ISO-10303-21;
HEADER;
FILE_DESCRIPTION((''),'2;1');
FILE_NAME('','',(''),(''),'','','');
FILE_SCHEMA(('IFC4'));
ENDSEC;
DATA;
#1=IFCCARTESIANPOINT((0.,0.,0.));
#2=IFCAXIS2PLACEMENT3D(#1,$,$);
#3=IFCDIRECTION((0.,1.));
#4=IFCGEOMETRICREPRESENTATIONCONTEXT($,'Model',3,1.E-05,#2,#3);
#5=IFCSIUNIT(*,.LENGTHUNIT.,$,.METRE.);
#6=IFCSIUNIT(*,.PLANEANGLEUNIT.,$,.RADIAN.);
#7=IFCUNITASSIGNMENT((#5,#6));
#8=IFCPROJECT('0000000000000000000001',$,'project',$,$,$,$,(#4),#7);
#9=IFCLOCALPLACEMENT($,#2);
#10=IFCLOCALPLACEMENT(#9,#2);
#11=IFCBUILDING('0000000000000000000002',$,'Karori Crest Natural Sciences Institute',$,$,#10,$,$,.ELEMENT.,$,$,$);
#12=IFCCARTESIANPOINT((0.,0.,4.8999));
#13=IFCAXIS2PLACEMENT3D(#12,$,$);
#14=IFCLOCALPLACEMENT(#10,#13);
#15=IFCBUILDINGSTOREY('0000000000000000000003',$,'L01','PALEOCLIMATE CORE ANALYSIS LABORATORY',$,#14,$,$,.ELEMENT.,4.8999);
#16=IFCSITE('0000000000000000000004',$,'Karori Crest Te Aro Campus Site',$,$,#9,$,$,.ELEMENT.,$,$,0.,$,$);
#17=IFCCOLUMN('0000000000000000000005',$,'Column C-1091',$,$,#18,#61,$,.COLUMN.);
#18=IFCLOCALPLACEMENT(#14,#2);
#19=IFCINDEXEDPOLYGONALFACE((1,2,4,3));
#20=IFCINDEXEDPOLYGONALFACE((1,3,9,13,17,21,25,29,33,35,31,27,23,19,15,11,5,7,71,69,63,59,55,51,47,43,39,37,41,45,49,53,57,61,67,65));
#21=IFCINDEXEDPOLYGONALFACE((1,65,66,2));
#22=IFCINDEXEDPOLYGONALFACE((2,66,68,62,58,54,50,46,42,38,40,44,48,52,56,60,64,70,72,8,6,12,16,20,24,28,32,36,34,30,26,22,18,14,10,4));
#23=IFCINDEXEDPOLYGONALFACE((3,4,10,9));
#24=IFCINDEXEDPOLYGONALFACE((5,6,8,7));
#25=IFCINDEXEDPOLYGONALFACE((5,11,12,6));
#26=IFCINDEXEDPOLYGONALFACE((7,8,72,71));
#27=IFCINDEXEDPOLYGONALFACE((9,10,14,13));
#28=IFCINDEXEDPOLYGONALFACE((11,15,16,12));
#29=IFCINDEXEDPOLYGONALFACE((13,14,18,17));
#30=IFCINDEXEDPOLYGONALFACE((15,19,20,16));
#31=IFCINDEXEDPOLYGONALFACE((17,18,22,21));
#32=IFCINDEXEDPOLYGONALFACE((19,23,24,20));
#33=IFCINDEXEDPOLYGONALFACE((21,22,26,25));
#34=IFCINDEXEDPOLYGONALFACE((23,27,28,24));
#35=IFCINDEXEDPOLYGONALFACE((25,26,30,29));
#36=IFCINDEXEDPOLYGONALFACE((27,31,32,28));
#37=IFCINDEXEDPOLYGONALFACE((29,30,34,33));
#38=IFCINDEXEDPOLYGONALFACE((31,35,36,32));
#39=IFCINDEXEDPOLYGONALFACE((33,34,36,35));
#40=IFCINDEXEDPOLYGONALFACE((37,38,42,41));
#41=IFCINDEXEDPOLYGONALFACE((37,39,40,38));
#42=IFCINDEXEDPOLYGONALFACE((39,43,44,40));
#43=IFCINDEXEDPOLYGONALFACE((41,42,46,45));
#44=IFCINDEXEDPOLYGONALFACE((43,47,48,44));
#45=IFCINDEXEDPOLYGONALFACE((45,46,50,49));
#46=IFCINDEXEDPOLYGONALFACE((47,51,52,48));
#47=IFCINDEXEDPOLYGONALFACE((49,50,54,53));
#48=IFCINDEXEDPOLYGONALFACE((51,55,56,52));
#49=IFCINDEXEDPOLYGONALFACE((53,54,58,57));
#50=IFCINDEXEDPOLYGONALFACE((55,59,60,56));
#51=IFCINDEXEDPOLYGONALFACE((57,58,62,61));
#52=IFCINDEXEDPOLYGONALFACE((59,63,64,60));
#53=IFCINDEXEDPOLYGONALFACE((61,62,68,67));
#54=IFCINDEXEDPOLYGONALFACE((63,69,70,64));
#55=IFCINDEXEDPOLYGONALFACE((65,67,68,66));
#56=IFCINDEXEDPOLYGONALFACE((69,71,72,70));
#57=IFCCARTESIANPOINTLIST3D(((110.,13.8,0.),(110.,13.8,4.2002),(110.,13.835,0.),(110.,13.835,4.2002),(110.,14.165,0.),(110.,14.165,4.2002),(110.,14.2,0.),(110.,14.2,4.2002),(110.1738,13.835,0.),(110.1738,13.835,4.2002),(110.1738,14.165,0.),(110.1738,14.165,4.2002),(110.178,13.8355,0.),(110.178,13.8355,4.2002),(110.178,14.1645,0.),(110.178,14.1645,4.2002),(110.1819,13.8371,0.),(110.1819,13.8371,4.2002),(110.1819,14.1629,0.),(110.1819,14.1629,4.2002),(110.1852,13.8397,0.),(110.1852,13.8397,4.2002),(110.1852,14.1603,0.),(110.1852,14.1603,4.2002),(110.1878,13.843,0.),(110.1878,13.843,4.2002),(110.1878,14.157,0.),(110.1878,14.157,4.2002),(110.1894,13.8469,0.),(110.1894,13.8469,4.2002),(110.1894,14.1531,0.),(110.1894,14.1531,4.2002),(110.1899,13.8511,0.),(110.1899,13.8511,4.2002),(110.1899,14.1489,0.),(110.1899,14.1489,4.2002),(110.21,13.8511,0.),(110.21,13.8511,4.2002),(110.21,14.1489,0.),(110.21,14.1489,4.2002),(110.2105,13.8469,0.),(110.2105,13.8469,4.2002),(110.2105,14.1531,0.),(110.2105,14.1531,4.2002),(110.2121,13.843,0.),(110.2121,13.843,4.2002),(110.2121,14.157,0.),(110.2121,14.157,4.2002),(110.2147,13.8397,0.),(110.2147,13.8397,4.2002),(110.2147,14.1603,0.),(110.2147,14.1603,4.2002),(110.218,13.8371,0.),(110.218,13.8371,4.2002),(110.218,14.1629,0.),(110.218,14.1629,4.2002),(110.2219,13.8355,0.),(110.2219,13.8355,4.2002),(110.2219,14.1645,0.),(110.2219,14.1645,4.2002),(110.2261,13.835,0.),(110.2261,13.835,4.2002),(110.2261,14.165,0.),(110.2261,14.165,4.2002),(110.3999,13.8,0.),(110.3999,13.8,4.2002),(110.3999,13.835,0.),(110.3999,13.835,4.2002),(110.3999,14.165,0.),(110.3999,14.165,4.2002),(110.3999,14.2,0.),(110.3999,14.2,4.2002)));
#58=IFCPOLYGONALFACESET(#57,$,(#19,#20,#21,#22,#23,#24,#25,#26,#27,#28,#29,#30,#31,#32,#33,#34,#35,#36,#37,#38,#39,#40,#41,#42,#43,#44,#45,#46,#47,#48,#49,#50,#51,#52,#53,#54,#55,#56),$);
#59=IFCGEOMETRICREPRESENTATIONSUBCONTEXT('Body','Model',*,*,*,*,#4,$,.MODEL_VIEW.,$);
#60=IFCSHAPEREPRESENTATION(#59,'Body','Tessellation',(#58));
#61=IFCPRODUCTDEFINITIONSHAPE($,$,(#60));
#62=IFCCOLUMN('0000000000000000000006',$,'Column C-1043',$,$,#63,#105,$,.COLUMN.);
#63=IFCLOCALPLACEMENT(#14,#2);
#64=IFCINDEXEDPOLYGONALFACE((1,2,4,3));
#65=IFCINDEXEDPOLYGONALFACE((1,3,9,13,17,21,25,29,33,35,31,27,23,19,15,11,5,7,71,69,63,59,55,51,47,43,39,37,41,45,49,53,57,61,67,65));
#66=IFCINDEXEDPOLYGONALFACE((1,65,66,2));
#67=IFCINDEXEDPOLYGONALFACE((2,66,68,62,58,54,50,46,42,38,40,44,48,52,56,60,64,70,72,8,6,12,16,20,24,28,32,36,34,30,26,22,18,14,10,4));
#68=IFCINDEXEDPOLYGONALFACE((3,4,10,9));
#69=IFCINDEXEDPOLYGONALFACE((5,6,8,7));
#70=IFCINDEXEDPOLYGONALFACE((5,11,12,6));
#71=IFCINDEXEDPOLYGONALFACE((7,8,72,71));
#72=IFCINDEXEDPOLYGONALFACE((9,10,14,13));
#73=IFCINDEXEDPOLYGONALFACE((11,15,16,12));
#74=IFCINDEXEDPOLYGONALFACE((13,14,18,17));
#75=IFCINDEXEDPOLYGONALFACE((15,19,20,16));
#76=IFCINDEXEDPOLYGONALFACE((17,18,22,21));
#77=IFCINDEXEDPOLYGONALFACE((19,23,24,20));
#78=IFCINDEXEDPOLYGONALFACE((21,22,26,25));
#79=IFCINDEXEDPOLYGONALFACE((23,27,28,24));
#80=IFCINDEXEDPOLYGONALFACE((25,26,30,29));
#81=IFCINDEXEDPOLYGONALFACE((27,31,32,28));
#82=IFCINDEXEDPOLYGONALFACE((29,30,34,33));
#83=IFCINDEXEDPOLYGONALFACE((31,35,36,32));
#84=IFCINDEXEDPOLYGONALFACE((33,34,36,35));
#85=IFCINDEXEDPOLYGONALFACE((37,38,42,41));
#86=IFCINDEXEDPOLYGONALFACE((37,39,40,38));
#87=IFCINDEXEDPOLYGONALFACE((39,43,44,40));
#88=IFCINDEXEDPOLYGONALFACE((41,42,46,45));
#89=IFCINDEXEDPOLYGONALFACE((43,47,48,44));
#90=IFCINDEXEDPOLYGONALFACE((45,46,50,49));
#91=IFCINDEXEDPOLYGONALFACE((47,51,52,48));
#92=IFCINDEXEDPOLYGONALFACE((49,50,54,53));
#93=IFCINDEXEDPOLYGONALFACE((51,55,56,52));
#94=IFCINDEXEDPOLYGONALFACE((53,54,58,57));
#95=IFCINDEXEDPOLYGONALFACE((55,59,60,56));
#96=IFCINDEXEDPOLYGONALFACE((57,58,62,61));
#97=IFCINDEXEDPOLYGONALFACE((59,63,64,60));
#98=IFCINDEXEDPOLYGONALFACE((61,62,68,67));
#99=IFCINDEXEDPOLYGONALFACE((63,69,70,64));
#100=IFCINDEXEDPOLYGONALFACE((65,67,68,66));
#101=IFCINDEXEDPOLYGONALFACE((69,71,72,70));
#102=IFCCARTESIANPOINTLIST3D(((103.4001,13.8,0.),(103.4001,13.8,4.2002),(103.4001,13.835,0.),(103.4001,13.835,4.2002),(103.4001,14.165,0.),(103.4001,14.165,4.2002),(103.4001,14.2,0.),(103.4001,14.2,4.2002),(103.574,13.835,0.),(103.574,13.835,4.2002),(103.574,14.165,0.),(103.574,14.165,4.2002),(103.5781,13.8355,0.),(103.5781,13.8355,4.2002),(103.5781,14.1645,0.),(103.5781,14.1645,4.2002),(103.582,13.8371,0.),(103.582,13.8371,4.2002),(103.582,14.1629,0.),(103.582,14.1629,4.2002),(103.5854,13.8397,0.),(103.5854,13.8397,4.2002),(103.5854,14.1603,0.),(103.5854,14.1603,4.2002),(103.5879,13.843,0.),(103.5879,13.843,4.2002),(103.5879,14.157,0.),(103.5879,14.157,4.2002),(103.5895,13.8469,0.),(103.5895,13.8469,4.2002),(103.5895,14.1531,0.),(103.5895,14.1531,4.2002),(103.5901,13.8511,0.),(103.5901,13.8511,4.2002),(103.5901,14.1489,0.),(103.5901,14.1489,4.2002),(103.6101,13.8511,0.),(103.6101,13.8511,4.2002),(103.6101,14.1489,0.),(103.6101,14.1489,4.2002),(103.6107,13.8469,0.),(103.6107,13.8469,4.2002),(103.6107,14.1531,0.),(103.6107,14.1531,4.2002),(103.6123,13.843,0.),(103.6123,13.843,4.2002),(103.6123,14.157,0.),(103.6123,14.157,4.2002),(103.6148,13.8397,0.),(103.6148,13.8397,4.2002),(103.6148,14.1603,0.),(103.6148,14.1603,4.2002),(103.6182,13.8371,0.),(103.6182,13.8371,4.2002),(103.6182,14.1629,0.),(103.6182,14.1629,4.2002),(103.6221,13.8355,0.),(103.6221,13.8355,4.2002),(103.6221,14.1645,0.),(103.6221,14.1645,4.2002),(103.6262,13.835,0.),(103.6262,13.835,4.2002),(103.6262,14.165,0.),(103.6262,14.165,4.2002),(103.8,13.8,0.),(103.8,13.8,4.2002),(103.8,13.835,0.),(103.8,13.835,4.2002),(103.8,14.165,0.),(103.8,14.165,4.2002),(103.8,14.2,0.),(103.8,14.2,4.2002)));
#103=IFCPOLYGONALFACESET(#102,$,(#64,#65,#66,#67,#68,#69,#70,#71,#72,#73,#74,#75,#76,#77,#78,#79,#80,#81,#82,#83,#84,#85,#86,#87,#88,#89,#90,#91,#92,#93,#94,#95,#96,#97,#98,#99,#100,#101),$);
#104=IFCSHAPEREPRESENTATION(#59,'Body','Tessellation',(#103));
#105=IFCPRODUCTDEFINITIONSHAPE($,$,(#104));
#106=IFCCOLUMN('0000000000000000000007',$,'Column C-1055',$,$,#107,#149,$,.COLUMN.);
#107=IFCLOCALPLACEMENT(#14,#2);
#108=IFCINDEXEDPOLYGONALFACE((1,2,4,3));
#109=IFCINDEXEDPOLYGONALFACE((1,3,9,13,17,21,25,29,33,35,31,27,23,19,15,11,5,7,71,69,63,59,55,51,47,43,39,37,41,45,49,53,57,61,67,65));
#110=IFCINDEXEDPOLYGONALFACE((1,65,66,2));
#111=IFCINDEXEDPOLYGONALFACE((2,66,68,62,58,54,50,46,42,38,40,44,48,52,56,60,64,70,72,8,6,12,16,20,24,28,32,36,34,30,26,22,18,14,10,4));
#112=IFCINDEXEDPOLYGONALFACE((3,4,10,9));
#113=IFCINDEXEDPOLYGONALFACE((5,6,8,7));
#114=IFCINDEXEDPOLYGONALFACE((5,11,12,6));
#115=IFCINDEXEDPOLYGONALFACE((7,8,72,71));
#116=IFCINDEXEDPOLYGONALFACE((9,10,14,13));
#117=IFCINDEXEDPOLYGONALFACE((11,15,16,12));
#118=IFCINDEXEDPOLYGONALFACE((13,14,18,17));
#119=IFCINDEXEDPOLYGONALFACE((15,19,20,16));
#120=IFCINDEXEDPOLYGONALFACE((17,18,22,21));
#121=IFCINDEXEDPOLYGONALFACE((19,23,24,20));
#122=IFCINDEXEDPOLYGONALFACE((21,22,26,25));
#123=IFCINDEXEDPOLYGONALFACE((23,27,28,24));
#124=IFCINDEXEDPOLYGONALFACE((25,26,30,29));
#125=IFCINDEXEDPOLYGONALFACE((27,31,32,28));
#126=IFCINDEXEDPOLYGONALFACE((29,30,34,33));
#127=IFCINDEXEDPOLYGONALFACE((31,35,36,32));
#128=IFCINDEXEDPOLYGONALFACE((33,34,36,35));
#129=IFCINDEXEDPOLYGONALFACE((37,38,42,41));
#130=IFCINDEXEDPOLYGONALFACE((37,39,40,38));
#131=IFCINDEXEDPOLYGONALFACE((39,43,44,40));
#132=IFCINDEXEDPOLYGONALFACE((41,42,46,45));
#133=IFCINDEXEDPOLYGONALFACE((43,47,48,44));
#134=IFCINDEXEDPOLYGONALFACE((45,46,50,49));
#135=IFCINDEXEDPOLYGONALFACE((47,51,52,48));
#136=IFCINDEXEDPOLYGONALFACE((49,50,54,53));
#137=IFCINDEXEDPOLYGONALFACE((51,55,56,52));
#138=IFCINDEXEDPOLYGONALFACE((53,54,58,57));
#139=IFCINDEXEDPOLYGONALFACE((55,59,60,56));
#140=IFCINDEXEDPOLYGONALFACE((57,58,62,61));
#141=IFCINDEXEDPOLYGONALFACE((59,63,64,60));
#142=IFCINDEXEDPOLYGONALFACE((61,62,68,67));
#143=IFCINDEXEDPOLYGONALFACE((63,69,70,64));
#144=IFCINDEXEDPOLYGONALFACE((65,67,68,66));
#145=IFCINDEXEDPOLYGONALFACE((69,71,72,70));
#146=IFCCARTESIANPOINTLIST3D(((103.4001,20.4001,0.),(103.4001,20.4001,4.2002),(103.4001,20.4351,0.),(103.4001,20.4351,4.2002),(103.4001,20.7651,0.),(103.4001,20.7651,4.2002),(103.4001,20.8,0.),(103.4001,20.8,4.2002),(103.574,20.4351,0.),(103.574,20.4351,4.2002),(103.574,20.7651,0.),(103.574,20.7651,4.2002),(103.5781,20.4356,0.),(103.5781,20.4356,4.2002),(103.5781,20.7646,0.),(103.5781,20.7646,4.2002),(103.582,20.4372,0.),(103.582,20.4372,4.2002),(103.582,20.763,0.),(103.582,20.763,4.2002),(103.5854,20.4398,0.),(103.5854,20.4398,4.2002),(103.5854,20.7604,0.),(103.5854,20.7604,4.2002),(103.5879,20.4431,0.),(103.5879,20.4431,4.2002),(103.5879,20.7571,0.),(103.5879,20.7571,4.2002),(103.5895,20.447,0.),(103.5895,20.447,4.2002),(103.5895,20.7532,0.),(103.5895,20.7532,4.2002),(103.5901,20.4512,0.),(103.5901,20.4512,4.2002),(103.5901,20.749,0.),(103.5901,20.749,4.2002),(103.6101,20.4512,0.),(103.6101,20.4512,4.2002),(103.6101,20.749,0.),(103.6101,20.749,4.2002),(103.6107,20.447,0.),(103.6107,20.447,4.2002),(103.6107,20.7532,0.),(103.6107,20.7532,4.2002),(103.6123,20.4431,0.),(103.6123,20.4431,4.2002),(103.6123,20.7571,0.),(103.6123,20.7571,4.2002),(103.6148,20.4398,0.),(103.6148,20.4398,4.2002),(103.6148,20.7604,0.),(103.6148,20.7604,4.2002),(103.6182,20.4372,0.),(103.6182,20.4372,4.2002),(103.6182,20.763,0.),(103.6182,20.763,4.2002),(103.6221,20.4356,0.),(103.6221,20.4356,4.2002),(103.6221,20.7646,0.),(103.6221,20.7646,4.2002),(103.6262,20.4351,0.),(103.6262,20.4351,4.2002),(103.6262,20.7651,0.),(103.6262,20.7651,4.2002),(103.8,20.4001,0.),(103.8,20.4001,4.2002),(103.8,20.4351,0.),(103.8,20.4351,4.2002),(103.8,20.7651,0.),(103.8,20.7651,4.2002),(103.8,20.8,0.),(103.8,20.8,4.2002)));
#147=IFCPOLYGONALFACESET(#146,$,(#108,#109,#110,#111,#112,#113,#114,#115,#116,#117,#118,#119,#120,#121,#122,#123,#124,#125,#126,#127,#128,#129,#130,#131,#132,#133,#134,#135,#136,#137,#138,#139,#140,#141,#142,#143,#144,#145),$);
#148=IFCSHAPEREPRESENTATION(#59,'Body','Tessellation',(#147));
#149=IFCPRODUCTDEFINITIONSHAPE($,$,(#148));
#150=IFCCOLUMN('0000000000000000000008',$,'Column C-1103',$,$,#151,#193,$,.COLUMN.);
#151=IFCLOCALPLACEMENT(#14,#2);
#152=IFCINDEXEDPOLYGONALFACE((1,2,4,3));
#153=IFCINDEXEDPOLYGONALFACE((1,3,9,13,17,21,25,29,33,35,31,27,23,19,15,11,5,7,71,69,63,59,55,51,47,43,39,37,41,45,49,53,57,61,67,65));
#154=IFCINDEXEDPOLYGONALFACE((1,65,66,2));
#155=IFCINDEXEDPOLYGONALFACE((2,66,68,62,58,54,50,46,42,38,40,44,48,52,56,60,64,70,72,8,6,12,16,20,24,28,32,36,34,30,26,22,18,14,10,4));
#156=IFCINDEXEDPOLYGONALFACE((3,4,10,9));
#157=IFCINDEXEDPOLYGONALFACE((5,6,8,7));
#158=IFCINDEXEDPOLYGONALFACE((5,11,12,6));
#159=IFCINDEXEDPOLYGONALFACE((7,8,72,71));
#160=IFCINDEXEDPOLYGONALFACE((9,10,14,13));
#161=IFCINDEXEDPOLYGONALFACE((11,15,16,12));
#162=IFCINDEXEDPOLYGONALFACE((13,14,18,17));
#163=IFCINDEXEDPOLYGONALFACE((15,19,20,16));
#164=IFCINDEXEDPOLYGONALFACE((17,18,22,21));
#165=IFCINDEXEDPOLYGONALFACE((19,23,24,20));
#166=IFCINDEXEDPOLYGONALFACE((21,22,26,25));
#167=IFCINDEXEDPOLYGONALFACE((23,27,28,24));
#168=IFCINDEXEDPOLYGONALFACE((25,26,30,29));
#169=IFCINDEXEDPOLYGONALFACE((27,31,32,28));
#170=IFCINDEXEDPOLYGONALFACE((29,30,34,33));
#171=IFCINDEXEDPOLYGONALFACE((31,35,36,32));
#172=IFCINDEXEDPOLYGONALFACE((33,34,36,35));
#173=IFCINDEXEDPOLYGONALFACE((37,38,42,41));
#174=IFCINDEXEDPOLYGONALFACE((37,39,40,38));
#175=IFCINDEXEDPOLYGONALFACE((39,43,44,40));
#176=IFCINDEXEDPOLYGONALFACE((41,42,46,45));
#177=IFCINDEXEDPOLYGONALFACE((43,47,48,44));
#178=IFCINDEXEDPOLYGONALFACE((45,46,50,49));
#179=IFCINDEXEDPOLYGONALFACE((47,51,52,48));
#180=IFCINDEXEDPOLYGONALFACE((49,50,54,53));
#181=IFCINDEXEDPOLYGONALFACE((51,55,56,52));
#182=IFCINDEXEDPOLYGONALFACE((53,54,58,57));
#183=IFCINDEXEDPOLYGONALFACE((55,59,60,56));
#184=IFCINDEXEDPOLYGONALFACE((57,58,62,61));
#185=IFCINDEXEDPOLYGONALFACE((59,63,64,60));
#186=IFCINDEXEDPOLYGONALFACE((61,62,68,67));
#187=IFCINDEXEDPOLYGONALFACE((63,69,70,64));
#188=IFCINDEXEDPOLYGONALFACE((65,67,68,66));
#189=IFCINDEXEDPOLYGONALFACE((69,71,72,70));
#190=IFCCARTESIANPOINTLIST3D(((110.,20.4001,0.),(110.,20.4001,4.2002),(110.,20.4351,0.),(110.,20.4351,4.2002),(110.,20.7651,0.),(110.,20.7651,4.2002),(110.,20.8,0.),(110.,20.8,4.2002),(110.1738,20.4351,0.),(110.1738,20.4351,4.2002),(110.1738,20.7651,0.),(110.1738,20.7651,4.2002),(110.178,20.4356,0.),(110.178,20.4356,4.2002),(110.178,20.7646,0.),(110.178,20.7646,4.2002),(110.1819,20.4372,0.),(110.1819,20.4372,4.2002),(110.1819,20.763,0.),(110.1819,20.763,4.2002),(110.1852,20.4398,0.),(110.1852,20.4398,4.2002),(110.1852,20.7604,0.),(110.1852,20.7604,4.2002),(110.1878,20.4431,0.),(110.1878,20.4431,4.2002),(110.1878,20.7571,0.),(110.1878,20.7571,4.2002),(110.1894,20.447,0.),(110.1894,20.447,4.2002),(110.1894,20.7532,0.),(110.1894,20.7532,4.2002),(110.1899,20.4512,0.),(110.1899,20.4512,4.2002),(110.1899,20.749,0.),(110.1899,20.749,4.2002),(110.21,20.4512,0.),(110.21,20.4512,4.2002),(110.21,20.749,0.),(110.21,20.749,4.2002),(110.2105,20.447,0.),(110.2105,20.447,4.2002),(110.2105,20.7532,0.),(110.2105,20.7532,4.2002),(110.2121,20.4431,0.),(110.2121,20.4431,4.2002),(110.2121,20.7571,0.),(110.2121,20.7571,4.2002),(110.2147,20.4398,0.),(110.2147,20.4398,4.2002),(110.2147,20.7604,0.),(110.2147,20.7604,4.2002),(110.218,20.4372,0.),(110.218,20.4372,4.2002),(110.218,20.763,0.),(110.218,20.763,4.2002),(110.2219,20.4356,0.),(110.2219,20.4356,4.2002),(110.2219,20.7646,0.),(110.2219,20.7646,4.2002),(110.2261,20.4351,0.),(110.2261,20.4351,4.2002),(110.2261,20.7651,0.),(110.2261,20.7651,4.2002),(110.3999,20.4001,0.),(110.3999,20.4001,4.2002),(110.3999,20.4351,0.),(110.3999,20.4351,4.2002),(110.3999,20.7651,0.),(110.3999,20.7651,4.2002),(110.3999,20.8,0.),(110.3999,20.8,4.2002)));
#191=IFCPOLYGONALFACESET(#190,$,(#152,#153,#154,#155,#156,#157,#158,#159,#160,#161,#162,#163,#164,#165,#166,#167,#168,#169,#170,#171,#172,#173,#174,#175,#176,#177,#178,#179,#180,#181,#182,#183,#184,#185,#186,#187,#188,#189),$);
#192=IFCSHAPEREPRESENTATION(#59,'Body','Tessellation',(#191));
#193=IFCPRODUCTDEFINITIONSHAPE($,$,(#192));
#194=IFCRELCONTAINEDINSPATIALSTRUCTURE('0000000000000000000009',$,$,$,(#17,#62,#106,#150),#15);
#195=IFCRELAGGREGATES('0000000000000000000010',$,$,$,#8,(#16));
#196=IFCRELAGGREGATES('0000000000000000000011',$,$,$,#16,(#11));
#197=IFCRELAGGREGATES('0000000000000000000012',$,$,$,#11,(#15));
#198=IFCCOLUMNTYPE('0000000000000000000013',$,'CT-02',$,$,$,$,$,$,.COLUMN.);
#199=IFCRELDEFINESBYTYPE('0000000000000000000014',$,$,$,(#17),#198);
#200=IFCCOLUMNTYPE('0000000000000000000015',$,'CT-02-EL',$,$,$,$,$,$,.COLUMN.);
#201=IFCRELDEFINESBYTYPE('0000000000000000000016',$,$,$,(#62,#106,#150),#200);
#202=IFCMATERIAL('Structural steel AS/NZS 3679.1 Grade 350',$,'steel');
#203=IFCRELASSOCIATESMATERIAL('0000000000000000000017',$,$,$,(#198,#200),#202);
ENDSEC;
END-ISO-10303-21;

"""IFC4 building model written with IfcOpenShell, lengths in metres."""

from ifc_helpers import new_model, si_unit, direction, frame, origin, origin_2d, place, context, subcontext, project, spatial, i_section, extrude, material, material_profile, profile_set, type_object, element, save


model = new_model("IFC4")

# Units and contexts
model_context = context("Model", 3, precision=1e-05, world=origin(), true_north=direction((0.0, 1.0)))
body_context = subcontext(model_context, "Body", "Model", "MODEL_VIEW")
ifc_project = project(units=[si_unit("LENGTHUNIT", "METRE"), si_unit("PLANEANGLEUNIT", "RADIAN")], contexts=[model_context])

# Site, building, storey
site_placement = place(None, origin())
site = spatial("IfcSite", under=ifc_project, at=site_placement, Name="Karori Crest Te Aro Campus Site", CompositionType="ELEMENT", RefElevation=0.0)
building_placement = place(site_placement, origin())
building = spatial("IfcBuilding", under=site, at=building_placement, Name="Karori Crest Natural Sciences Institute", CompositionType="ELEMENT")
storey_placement = place(building_placement, frame((0.0, 0.0, 4.8999)))
storey = spatial("IfcBuildingStorey", under=building, at=storey_placement, Name="L01", Description="PALEOCLIMATE CORE ANALYSIS LABORATORY", CompositionType="ELEMENT", Elevation=4.8999)

# Columns
ifc_material_1 = material(Name="Structural steel AS/NZS 3679.1 Grade 350", Category="steel")
ifc_material_profile_1 = material_profile(ifc_material_1, i_section(OverallWidth=0.3999, OverallDepth=0.3999, WebThickness=0.02, FlangeThickness=0.0349, FilletRadius=0.0161, at=origin_2d()), Name="400WC328")
ifc_profile_set_1 = profile_set([ifc_material_profile_1], Name="Structural steel AS/NZS 3679.1 Grade 350")
column_type_1 = type_object("IfcColumnType", Name="CT-02", PredefinedType="COLUMN", material=ifc_profile_set_1)
column_placement = place(storey_placement, frame((110.2, 14.0, 0.0), z_axis=(0.0, 0.0, 1.0), x_axis=(1.0, 0.0, 0.0)))
element("IfcColumn", 1, at=column_placement, inside=storey, type_object=column_type_1, Name="Column C-1091", PredefinedType="COLUMN", context=body_context, shape_type="SweptSolid", body=[
    extrude(i_section(OverallWidth=0.3999, OverallDepth=0.3999, WebThickness=0.02, FlangeThickness=0.0349, FilletRadius=0.0161, at=origin_2d()), origin(), (0.0, 0.0, 1.0), 4.2002),
])
ifc_material_profile_2 = material_profile(ifc_material_1, i_section(OverallWidth=0.3999, OverallDepth=0.3999, WebThickness=0.02, FlangeThickness=0.0349, FilletRadius=0.0161, at=origin_2d()), Name="400WC328")
ifc_profile_set_2 = profile_set([ifc_material_profile_2], Name="Structural steel AS/NZS 3679.1 Grade 350")
column_type_2 = type_object("IfcColumnType", Name="CT-02-EL", PredefinedType="COLUMN", material=ifc_profile_set_2)
for number, where, z_axis, x_axis, name in (
    (2, (103.6001, 14.0, 0.0), (0.0, 0.0, 1.0), (1.0, 0.0, 0.0), "Column C-1043"),
    (3, (103.6001, 20.6001, 0.0), (0.0, 0.0, 1.0), (1.0, 0.0, 0.0), "Column C-1055"),
    (4, (110.2, 20.6001, 0.0), (0.0, 0.0, 1.0), (1.0, 0.0, 0.0), "Column C-1103"),
):
    element("IfcColumn", number, at=place(storey_placement, frame(where, z_axis=z_axis, x_axis=x_axis)), inside=storey, type_object=column_type_2, Name=name, PredefinedType="COLUMN", context=body_context, shape_type="SweptSolid", body=[
        extrude(i_section(OverallWidth=0.3999, OverallDepth=0.3999, WebThickness=0.02, FlangeThickness=0.0349, FilletRadius=0.0161, at=origin_2d()), origin(), (0.0, 0.0, 1.0), 4.2002),
    ])

save(model, "model.ifc")
